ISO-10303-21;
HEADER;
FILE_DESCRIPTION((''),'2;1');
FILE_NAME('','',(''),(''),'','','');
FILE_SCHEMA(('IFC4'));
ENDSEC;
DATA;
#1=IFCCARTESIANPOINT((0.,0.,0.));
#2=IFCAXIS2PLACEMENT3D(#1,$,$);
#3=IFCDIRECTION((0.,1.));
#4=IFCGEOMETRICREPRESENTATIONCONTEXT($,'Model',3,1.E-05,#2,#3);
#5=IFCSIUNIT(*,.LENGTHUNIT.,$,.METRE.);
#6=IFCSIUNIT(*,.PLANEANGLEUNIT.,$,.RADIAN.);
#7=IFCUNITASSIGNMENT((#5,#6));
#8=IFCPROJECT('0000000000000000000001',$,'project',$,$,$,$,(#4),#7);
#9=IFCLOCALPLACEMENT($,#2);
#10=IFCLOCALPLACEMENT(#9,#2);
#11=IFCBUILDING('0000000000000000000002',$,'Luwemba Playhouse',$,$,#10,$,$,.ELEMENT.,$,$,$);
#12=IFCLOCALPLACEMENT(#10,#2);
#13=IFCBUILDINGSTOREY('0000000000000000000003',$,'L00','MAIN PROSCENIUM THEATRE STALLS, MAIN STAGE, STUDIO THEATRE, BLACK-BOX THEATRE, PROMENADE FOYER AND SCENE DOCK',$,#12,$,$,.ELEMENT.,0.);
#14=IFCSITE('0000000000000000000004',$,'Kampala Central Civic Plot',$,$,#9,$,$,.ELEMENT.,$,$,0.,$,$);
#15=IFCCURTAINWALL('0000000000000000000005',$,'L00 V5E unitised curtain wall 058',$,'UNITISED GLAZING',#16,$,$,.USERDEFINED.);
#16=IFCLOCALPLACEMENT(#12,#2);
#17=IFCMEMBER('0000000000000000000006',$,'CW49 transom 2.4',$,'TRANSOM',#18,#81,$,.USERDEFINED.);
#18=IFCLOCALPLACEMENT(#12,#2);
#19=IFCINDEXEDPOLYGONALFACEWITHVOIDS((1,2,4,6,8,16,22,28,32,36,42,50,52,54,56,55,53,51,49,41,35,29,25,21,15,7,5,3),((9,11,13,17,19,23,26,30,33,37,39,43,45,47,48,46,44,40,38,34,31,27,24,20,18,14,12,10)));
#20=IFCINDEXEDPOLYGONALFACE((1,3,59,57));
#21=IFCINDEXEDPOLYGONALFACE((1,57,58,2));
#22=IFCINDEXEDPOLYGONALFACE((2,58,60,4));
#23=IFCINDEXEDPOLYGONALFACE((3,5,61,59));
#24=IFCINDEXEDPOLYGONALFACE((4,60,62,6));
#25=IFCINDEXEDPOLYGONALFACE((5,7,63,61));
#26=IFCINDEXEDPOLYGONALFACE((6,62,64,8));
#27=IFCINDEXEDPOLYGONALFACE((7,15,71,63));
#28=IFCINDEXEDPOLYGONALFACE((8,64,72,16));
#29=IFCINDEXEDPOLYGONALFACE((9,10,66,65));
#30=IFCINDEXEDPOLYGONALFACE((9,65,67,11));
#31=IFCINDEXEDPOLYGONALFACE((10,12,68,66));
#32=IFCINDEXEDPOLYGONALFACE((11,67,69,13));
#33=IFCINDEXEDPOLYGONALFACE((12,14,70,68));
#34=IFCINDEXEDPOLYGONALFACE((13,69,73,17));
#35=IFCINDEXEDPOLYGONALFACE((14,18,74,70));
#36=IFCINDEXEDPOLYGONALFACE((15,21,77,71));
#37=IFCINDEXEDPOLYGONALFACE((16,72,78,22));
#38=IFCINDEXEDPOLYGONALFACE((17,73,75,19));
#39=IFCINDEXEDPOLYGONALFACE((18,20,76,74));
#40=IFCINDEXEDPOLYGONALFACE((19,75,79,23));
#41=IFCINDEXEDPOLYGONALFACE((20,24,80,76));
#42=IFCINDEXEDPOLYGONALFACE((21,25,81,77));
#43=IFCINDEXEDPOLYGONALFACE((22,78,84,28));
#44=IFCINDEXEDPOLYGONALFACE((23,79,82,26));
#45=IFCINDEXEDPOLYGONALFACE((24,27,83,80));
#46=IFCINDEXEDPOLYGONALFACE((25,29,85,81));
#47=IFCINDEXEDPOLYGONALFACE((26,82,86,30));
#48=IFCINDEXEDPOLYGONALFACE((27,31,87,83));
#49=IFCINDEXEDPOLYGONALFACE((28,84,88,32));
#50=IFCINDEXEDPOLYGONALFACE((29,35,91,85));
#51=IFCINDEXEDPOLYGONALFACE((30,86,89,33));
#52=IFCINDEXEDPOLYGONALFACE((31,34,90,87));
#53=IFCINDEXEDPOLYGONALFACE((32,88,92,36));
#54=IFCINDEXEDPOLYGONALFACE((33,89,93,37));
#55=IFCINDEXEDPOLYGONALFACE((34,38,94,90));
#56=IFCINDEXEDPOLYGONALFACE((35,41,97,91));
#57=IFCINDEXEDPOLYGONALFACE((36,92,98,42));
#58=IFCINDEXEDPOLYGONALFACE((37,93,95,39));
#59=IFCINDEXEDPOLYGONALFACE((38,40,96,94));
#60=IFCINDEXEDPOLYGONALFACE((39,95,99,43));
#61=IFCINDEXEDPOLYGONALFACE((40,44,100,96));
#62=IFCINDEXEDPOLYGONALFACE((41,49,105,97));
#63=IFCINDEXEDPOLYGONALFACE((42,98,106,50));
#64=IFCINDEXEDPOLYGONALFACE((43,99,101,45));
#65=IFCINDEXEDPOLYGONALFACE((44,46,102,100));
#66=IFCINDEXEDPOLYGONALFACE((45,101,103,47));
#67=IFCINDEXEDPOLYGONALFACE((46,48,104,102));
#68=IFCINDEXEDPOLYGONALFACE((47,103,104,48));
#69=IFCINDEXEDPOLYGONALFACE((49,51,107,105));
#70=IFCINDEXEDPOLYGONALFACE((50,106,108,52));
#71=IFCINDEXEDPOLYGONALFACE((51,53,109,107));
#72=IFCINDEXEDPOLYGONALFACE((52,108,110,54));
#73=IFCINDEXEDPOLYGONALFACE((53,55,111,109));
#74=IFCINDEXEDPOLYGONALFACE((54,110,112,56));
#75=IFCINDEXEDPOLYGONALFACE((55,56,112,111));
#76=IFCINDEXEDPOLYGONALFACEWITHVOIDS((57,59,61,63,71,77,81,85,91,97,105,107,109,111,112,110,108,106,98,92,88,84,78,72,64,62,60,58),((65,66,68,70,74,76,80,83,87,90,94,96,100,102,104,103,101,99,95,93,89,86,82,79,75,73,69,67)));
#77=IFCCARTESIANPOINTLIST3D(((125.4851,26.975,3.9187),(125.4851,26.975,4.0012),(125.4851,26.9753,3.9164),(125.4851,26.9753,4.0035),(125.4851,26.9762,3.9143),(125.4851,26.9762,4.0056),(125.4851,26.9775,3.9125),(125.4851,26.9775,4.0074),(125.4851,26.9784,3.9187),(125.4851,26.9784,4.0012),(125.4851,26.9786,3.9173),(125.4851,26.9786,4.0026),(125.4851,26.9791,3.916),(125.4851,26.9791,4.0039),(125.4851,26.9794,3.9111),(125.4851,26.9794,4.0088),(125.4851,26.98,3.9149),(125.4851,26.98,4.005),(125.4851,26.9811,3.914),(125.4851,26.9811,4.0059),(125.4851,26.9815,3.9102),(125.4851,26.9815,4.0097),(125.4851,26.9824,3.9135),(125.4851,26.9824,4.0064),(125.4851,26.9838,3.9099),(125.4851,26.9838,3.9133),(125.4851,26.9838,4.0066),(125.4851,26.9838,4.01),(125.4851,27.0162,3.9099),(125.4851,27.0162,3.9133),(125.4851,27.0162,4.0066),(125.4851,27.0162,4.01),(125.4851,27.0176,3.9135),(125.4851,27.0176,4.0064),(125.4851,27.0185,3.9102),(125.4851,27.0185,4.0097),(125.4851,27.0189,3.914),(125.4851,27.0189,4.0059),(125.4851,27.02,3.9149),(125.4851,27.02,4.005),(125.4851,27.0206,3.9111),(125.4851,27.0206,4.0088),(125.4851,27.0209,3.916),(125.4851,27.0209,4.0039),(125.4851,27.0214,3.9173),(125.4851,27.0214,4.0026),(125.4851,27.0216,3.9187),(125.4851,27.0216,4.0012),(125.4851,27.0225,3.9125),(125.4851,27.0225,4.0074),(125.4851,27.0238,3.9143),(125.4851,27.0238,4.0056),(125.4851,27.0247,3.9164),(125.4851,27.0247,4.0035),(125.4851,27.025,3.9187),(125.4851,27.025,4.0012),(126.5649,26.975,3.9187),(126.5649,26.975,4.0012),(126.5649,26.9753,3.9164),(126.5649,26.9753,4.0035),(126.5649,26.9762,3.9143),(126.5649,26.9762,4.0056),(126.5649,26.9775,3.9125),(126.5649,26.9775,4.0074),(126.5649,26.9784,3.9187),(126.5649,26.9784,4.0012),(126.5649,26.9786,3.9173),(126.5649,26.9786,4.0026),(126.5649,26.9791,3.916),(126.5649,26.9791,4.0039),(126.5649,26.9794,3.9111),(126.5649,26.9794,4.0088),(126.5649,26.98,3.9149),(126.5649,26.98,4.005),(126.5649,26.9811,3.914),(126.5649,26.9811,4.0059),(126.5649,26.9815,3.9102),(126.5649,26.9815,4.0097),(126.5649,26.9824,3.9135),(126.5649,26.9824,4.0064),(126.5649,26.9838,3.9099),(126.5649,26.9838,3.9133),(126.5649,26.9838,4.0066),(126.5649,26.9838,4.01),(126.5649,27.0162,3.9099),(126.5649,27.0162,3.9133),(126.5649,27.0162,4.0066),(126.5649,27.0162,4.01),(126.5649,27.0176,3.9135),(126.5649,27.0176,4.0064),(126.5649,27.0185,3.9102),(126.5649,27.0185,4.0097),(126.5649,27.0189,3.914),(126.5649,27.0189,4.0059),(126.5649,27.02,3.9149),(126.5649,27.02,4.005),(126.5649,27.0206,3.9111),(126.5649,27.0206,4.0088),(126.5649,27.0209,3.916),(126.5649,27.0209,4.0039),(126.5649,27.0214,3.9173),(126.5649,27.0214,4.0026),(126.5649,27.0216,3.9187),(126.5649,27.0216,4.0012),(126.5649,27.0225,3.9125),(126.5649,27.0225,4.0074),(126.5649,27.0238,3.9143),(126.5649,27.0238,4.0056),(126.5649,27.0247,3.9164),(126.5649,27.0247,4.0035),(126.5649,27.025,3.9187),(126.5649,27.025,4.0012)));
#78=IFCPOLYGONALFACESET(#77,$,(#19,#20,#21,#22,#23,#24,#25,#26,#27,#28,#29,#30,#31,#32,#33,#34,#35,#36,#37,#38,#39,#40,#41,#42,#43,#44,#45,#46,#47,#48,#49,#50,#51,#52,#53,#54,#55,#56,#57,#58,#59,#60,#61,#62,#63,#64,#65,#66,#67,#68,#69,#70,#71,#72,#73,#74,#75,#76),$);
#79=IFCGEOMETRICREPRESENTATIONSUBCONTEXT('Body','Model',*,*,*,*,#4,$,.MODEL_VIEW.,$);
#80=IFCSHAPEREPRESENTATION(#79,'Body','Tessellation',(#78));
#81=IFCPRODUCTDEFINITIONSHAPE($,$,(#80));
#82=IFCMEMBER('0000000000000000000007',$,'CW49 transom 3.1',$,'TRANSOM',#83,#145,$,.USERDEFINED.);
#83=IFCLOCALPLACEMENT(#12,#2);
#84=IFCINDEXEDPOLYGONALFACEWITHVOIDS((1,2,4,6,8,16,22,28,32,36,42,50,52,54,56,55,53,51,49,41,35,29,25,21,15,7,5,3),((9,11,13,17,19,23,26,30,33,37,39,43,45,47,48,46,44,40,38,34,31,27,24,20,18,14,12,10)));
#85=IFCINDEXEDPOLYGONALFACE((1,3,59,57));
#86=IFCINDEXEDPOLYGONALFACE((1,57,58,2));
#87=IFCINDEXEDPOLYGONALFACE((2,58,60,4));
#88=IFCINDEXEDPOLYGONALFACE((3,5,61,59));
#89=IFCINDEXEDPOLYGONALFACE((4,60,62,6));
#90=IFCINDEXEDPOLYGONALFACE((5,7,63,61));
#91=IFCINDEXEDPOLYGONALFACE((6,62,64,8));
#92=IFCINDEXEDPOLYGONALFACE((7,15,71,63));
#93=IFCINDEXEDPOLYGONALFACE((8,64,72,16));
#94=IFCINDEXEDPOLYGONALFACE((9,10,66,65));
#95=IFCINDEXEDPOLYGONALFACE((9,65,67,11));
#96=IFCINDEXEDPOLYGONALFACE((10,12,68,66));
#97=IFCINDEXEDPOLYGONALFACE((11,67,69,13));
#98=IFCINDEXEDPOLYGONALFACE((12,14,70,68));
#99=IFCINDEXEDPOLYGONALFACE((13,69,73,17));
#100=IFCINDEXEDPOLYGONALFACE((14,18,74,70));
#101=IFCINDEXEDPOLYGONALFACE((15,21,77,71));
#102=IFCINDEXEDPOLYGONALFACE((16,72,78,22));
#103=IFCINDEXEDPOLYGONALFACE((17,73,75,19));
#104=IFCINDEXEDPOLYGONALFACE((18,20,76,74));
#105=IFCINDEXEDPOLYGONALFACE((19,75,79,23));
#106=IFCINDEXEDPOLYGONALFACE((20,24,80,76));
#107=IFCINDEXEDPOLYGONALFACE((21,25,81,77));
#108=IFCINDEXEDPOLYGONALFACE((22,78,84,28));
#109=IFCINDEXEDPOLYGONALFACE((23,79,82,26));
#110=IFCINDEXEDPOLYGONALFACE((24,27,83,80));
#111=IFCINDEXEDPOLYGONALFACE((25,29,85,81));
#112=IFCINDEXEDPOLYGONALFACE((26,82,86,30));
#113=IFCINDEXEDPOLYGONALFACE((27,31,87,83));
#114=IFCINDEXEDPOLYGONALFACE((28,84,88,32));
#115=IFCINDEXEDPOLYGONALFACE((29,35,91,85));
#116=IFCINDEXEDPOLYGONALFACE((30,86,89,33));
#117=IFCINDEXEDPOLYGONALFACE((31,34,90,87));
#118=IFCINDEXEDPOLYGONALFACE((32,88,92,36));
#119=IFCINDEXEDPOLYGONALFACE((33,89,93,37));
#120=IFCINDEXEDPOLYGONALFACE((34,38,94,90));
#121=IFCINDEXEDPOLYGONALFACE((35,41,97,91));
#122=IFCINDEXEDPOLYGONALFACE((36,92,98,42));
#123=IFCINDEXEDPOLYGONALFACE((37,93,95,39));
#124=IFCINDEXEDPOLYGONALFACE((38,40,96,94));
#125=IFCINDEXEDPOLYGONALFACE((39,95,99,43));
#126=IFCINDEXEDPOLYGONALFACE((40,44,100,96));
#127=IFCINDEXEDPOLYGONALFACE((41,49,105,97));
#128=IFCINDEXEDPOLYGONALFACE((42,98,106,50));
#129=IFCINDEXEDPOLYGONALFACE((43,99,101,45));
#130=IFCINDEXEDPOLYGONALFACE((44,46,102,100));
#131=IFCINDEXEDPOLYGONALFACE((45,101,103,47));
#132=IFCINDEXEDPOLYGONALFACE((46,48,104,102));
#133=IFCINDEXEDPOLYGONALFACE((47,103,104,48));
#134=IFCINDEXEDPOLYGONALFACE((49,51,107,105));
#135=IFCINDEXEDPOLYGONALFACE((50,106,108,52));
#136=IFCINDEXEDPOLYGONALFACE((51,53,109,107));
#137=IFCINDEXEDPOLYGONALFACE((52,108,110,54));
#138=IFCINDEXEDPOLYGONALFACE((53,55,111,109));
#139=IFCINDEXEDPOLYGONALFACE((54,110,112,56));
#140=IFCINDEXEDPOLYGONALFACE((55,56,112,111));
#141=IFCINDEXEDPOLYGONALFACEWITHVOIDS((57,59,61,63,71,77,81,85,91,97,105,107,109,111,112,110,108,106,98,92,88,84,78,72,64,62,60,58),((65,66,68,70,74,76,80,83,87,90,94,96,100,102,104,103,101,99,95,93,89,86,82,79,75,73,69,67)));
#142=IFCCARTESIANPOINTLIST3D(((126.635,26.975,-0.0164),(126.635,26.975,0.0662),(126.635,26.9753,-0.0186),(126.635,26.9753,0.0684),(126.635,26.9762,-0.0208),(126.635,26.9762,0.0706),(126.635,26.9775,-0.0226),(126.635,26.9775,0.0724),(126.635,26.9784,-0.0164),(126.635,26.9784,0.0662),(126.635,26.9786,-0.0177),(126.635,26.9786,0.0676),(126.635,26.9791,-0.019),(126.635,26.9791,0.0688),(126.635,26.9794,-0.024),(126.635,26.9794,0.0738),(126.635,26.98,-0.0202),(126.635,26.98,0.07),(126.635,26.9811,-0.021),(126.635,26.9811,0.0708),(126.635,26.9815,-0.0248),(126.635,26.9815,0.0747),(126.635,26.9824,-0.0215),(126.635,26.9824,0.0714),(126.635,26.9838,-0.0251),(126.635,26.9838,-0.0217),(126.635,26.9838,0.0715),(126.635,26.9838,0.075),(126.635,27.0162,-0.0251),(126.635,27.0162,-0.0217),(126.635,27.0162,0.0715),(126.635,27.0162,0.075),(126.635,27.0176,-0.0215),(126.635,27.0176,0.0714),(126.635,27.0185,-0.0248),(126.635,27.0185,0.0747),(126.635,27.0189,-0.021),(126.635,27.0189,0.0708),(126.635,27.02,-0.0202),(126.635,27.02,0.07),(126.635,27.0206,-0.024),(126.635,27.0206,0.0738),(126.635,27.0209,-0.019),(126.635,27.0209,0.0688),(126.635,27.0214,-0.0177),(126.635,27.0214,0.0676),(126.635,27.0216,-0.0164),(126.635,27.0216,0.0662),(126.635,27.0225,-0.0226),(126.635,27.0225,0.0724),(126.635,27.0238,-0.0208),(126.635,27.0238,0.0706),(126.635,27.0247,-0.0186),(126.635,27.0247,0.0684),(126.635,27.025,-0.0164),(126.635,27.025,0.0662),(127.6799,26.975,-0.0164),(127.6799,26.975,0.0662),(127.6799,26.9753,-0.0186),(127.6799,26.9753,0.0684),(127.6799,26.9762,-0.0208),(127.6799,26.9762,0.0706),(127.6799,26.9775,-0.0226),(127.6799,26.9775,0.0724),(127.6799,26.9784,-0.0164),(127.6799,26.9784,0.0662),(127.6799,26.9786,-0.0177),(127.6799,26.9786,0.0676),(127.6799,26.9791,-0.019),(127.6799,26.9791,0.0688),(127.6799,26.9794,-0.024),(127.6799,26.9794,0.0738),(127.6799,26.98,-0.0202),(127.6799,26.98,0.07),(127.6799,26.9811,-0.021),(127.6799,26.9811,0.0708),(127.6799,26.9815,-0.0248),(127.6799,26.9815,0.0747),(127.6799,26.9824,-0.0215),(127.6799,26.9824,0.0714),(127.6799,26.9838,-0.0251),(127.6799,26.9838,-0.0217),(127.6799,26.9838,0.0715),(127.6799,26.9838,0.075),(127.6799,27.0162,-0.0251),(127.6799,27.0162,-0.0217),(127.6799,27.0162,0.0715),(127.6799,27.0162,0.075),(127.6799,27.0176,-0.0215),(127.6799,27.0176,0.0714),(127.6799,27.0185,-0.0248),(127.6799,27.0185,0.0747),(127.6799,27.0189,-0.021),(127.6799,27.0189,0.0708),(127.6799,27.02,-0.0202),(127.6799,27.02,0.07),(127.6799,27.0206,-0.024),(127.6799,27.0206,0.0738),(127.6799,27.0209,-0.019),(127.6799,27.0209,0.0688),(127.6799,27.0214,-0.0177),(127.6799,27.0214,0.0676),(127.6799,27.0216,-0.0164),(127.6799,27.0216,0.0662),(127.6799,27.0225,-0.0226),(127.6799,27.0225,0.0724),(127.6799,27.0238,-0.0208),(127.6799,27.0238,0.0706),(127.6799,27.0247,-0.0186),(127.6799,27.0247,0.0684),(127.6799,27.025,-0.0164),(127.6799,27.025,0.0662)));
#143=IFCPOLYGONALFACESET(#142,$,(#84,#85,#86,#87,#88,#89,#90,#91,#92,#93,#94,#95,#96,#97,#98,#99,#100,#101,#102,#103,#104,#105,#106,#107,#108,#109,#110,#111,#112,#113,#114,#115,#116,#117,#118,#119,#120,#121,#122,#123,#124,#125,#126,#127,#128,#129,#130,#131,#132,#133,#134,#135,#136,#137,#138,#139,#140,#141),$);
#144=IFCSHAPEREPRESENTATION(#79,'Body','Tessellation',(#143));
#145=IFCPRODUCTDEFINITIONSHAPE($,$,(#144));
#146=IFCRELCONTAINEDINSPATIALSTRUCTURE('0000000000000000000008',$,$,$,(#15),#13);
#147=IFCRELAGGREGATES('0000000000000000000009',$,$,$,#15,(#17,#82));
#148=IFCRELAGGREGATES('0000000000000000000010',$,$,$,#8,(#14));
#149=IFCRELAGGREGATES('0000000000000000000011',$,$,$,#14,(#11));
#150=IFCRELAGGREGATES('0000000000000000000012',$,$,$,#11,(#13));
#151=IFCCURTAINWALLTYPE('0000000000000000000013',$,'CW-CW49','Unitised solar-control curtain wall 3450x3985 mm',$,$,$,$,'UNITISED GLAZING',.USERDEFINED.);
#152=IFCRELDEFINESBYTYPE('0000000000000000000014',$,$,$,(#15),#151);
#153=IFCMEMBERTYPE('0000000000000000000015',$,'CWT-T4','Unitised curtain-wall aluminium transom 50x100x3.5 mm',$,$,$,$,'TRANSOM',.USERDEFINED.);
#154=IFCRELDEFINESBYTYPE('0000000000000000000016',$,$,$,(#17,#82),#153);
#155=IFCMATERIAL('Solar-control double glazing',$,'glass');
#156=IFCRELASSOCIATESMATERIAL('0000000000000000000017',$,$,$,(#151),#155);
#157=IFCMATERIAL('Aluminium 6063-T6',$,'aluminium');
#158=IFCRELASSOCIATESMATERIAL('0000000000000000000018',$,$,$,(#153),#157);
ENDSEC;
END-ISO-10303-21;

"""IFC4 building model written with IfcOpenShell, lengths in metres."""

from ifc_helpers import new_model, si_unit, direction, frame, origin, origin_2d, place, context, subcontext, project, spatial, hollow_rectangle, extrude, material, material_profile, profile_set, type_object, element, aggregate, save


model = new_model("IFC4")

# Units and contexts
model_context = context("Model", 3, precision=1e-05, world=origin(), true_north=direction((0.0, 1.0)))
body_context = subcontext(model_context, "Body", "Model", "MODEL_VIEW")
ifc_project = project(units=[si_unit("LENGTHUNIT", "METRE"), si_unit("PLANEANGLEUNIT", "RADIAN")], contexts=[model_context])

# Site, building, storey
site_placement = place(None, origin())
site = spatial("IfcSite", under=ifc_project, at=site_placement, Name="Kampala Central Civic Plot", CompositionType="ELEMENT", RefElevation=0.0)
building_placement = place(site_placement, origin())
building = spatial("IfcBuilding", under=site, at=building_placement, Name="Luwemba Playhouse", CompositionType="ELEMENT")
storey_placement = place(building_placement, origin())
storey = spatial("IfcBuildingStorey", under=building, at=storey_placement, Name="L00", Description="MAIN PROSCENIUM THEATRE STALLS, MAIN STAGE, STUDIO THEATRE, BLACK-BOX THEATRE, PROMENADE FOYER AND SCENE DOCK", CompositionType="ELEMENT", Elevation=0.0)

# Curtain wall, members
ifc_material_1 = material(Name="Solar-control double glazing", Category="glass")
curtain_wall_type = type_object("IfcCurtainWallType", Name="CW-CW49", Description="Unitised solar-control curtain wall 3450x3985 mm", ElementType="UNITISED GLAZING", PredefinedType="USERDEFINED", material=ifc_material_1)
curtain_wall_placement = place(storey_placement, origin())
curtain_wall = element("IfcCurtainWall", 1, at=curtain_wall_placement, inside=storey, type_object=curtain_wall_type, Name="L00 V5E unitised curtain wall 058", ObjectType="UNITISED GLAZING", PredefinedType="USERDEFINED")
ifc_material_2 = material(Name="Aluminium 6063-T6", Category="aluminium")
ifc_material_profile_1 = material_profile(ifc_material_2, hollow_rectangle(XDim=0.05, YDim=0.1001, WallThickness=0.0034, InnerFilletRadius=0.0054, OuterFilletRadius=0.0088, at=origin_2d()))
ifc_profile_set_1 = profile_set([ifc_material_profile_1], Name="Aluminium 6063-T6")
member_type_1 = type_object("IfcMemberType", Name="CWT-T4", Description="Unitised curtain-wall aluminium transom 50x100x3.5 mm", ElementType="TRANSOM", PredefinedType="USERDEFINED", material=ifc_profile_set_1)
member_1_placement = place(storey_placement, frame((125.4851, 27.0, 3.96), z_axis=(1.0, 0.0, 0.0), x_axis=(0.0, 1.0, 0.0)))
member_1 = element("IfcMember", 2, at=member_1_placement, type_object=member_type_1, Name="CW49 transom 2.4", ObjectType="TRANSOM", PredefinedType="USERDEFINED", context=body_context, shape_type="SweptSolid", body=[
    extrude(hollow_rectangle(XDim=0.05, YDim=0.1001, WallThickness=0.0034, InnerFilletRadius=0.0054, OuterFilletRadius=0.0088, at=origin_2d()), origin(), (0.0, 0.0, 1.0), 1.0798),
])
member_2_placement = place(storey_placement, frame((126.635, 27.0, 0.0249), z_axis=(1.0, 0.0, 0.0), x_axis=(0.0, 1.0, 0.0)))
member_2 = element("IfcMember", 3, at=member_2_placement, type_object=member_type_1, Name="CW49 transom 3.1", ObjectType="TRANSOM", PredefinedType="USERDEFINED", context=body_context, shape_type="SweptSolid", body=[
    extrude(hollow_rectangle(XDim=0.05, YDim=0.1001, WallThickness=0.0034, InnerFilletRadius=0.0054, OuterFilletRadius=0.0088, at=origin_2d()), origin(), (0.0, 0.0, 1.0), 1.0449),
])
aggregate(curtain_wall, [member_1, member_2])

save(model, "model.ifc")
